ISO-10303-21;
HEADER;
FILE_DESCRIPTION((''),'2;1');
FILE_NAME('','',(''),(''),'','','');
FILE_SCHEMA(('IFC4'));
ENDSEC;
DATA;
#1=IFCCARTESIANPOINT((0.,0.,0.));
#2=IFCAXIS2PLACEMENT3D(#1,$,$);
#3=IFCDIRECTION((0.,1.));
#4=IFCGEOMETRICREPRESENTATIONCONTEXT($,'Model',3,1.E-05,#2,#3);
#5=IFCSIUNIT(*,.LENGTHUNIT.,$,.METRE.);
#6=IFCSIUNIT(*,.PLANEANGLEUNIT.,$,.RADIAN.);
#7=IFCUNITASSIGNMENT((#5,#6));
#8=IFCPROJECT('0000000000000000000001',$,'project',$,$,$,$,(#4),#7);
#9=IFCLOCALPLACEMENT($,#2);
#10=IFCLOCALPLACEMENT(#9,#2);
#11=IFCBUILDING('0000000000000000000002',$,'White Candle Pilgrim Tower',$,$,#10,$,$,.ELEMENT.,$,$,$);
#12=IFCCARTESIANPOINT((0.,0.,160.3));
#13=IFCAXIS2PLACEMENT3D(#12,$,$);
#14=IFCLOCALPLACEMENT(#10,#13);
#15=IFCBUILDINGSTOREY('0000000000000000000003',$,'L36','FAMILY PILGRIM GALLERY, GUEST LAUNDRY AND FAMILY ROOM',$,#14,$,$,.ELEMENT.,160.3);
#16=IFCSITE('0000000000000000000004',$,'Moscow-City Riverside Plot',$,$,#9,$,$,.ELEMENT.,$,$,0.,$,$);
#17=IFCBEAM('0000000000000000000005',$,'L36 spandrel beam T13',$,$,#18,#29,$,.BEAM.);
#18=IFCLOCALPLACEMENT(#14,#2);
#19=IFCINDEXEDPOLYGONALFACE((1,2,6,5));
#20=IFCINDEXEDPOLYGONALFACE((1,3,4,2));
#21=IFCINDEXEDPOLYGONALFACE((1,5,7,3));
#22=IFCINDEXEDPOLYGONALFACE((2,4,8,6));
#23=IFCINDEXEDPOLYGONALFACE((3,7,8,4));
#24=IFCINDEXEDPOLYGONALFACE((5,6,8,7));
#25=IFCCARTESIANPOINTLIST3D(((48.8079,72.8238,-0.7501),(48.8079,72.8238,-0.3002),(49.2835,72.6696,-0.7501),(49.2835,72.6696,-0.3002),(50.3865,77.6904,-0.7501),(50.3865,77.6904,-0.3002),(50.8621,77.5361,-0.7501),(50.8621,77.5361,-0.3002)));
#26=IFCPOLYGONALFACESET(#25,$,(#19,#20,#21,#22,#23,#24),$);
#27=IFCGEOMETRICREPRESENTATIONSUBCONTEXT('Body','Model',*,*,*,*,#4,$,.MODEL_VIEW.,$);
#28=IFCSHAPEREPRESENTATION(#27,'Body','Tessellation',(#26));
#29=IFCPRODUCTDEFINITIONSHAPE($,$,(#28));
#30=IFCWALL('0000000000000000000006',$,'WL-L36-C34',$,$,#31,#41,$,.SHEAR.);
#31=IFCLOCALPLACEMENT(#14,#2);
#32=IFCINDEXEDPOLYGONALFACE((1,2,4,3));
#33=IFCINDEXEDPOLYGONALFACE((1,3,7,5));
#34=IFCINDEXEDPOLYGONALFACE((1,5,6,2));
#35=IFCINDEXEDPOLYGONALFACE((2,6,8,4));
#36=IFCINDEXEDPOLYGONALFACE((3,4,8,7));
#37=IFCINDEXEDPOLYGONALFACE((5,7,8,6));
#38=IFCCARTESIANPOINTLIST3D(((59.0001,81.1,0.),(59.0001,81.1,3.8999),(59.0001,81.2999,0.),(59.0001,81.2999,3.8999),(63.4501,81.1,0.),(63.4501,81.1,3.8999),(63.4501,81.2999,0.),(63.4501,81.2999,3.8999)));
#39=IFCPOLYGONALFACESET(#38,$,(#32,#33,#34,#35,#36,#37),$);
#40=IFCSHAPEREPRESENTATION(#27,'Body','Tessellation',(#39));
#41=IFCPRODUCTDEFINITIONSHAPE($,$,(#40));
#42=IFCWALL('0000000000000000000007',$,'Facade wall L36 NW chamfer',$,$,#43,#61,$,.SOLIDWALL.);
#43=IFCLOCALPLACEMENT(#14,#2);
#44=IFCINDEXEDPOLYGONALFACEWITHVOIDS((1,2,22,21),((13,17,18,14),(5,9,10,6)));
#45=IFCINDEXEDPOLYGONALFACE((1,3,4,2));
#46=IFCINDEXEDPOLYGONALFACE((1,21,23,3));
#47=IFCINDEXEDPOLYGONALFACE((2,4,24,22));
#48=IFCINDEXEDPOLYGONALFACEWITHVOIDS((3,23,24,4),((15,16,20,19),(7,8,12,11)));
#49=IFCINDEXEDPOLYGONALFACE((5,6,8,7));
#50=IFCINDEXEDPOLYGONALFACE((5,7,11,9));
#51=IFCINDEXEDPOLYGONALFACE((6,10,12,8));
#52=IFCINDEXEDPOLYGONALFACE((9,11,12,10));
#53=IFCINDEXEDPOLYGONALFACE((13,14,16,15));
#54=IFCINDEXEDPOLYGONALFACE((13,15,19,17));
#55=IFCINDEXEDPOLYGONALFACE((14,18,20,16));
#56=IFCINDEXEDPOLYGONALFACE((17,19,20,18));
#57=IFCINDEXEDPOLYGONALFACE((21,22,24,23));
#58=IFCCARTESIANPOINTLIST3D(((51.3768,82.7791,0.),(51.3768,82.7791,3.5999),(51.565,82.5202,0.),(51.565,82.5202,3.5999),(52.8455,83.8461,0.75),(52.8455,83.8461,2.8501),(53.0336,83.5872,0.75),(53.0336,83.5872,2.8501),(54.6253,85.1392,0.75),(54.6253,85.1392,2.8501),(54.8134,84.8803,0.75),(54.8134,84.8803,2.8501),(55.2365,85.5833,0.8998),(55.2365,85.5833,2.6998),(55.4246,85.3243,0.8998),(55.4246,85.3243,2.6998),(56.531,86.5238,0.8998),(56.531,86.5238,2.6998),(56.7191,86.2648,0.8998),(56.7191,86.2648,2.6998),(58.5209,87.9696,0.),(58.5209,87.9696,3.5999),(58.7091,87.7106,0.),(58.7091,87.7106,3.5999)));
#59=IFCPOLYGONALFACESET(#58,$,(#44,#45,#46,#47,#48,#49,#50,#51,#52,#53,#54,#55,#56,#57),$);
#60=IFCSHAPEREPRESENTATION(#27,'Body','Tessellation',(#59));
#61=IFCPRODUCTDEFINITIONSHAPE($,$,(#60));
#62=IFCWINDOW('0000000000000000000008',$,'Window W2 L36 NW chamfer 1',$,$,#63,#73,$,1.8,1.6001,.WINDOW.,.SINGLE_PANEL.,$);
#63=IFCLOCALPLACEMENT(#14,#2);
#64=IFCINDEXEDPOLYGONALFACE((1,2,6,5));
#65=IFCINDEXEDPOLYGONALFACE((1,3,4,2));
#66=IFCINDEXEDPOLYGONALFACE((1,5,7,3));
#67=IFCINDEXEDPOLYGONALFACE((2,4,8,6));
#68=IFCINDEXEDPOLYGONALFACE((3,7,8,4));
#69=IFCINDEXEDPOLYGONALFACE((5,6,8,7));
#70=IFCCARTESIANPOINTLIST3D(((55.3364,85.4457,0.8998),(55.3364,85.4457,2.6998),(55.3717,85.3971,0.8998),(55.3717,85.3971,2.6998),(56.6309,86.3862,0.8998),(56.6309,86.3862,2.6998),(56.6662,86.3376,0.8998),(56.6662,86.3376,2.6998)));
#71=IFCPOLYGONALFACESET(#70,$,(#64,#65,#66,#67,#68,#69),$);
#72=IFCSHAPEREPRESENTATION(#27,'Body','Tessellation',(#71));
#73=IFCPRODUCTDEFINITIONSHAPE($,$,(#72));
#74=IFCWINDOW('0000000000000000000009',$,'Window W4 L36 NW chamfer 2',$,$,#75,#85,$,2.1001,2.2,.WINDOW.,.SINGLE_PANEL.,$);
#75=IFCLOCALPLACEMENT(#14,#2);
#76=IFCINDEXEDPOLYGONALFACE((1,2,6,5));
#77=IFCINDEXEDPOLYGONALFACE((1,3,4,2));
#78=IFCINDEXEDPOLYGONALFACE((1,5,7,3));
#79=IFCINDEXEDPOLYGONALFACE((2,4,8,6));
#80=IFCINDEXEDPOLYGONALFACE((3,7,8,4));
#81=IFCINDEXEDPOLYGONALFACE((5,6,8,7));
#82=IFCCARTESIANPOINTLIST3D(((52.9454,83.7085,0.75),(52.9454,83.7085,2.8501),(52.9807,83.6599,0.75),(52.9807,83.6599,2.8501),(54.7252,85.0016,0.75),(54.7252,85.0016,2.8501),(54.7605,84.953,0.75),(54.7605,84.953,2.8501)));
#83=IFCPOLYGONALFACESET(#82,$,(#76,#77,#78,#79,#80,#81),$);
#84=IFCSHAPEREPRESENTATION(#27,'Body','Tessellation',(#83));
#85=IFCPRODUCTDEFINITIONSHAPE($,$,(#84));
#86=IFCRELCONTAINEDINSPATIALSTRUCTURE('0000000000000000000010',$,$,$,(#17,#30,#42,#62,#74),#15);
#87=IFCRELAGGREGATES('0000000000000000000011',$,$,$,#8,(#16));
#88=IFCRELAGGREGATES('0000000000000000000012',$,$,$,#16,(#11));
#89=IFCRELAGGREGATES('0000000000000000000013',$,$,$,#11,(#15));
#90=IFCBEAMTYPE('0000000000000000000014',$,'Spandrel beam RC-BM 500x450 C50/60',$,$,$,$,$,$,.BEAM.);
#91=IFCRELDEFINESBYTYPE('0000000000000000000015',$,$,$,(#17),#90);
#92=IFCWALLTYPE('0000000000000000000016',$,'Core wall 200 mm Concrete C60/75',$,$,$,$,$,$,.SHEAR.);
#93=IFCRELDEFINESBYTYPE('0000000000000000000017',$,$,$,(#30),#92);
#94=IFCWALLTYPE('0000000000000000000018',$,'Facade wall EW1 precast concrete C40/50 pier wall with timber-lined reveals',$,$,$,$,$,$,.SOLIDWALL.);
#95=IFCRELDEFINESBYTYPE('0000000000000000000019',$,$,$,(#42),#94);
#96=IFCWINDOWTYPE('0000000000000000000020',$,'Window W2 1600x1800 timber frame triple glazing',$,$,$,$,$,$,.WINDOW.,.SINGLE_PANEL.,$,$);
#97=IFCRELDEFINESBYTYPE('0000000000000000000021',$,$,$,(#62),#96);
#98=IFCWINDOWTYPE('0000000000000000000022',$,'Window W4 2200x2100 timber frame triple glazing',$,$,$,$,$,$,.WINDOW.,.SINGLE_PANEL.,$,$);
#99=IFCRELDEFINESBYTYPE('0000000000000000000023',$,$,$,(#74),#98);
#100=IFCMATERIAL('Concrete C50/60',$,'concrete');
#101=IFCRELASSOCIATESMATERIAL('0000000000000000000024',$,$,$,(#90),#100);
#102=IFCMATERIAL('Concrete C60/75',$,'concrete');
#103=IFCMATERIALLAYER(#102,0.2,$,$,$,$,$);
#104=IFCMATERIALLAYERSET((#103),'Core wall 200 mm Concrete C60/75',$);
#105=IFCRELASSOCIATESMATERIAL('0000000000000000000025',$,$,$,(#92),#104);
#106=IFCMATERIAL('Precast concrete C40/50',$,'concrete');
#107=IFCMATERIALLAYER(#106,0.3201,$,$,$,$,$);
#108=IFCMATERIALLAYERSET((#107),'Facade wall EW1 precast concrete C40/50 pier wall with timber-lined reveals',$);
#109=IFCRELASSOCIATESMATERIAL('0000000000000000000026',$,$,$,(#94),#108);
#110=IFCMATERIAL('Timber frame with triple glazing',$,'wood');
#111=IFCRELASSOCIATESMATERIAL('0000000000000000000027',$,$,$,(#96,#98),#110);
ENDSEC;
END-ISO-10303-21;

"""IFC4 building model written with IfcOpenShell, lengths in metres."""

from ifc_helpers import new_model, si_unit, direction, frame, frame_2d, origin, origin_2d, place, context, subcontext, project, spatial, rectangle, extrude, material, layer, layer_set, material_profile, profile_set, type_object, element, fill, save


model = new_model("IFC4")

# Units and contexts
model_context = context("Model", 3, precision=1e-05, world=origin(), true_north=direction((0.0, 1.0)))
body_context = subcontext(model_context, "Body", "Model", "MODEL_VIEW")
ifc_project = project(units=[si_unit("LENGTHUNIT", "METRE"), si_unit("PLANEANGLEUNIT", "RADIAN")], contexts=[model_context])

# Site, building, storey
site_placement = place(None, origin())
site = spatial("IfcSite", under=ifc_project, at=site_placement, Name="Moscow-City Riverside Plot", CompositionType="ELEMENT", RefElevation=0.0)
building_placement = place(site_placement, origin())
building = spatial("IfcBuilding", under=site, at=building_placement, Name="White Candle Pilgrim Tower", CompositionType="ELEMENT")
storey_placement = place(building_placement, frame((0.0, 0.0, 160.3)))
storey = spatial("IfcBuildingStorey", under=building, at=storey_placement, Name="L36", Description="FAMILY PILGRIM GALLERY, GUEST LAUNDRY AND FAMILY ROOM", CompositionType="ELEMENT", Elevation=160.3)

# Beam
ifc_material_1 = material(Name="Concrete C50/60", Category="concrete")
ifc_material_profile_1 = material_profile(ifc_material_1, rectangle(XDim=0.5, YDim=0.45, at=origin_2d()), Name="RC-BM 500x450")
ifc_profile_set_1 = profile_set([ifc_material_profile_1], Name="Concrete C50/60")
beam_type = type_object("IfcBeamType", Name="Spandrel beam RC-BM 500x450 C50/60", PredefinedType="BEAM", material=ifc_profile_set_1)
beam_1_placement = place(storey_placement, frame((50.6243, 77.6133, -0.5251), z_axis=(-0.308544, -0.95121, 0.0), x_axis=(0.95121, -0.308544, 0.0)))
element("IfcBeam", 1, at=beam_1_placement, inside=storey, type_object=beam_type, Name="L36 spandrel beam T13", PredefinedType="BEAM", context=body_context, shape_type="SweptSolid", body=[
    extrude(rectangle(XDim=0.5, YDim=0.45, at=origin_2d()), origin(), (0.0, 0.0, 1.0), 5.1162),
])

# Wall
ifc_material_2 = material(Name="Concrete C60/75", Category="concrete")
ifc_layer_1 = layer(ifc_material_2, 0.2)
ifc_layer_set_1 = layer_set([ifc_layer_1], Name="Core wall 200 mm Concrete C60/75")
wall_type_1 = type_object("IfcWallType", Name="Core wall 200 mm Concrete C60/75", PredefinedType="SHEAR", material=ifc_layer_set_1)
wall_1_placement = place(storey_placement, frame((59.0, 81.2, 0.0), z_axis=(0.0, 0.0, 1.0), x_axis=(1.0, 0.0, 0.0)))
element("IfcWall", 2, at=wall_1_placement, inside=storey, type_object=wall_type_1, Name="WL-L36-C34", PredefinedType="SHEAR", context=body_context, shape_type="SweptSolid", body=[
    extrude(rectangle(XDim=4.45, YDim=0.2, at=frame_2d((2.2251, 0.0))), origin(), (0.0, 0.0, 1.0), 3.8999),
])

# Wall, openings, windows
ifc_material_3 = material(Name="Precast concrete C40/50", Category="concrete")
ifc_layer_2 = layer(ifc_material_3, 0.3201)
ifc_layer_set_2 = layer_set([ifc_layer_2], Name="Facade wall EW1 precast concrete C40/50 pier wall with timber-lined reveals")
wall_type_2 = type_object("IfcWallType", Name="Facade wall EW1 precast concrete C40/50 pier wall with timber-lined reveals", PredefinedType="SOLIDWALL", material=ifc_layer_set_2)
wall_2_placement = place(storey_placement, frame((58.615, 87.8401, 0.0), z_axis=(0.0, 0.0, 1.0), x_axis=(-0.809018, -0.587784, 0.0)))
wall_2 = element("IfcWall", 3, at=wall_2_placement, inside=storey, type_object=wall_type_2, Name="Facade wall L36 NW chamfer", PredefinedType="SOLIDWALL", context=body_context, shape_type="SweptSolid", body=[
    extrude(rectangle(XDim=8.8306, YDim=0.3201, at=frame_2d((4.4153, 0.0))), origin(), (0.0, 0.0, 1.0), 3.5999),
])
opening_1_placement = place(wall_2_placement, frame((2.4597, 0.0, 0.8999)))
opening_1 = element("IfcOpeningElement", 4, at=opening_1_placement, cuts=wall_2, PredefinedType="OPENING", context=body_context, shape_type="SweptSolid", body=[
    extrude(rectangle(XDim=1.6001, YDim=1.8, at=frame_2d((0.8, 0.8999))), frame((0.0, 0.1699, 0.0), z_axis=(0.0, -1.0, 0.0), x_axis=(1.0, 0.0, 0.0)), (0.0, 0.0, 1.0), 0.3401),
])
opening_2_placement = place(wall_2_placement, frame((4.8152, 0.0, 0.75)))
opening_2 = element("IfcOpeningElement", 5, at=opening_2_placement, cuts=wall_2, PredefinedType="OPENING", context=body_context, shape_type="SweptSolid", body=[
    extrude(rectangle(XDim=2.2, YDim=2.1001, at=frame_2d((1.1001, 1.05))), frame((0.0, 0.1699, 0.0), z_axis=(0.0, -1.0, 0.0), x_axis=(1.0, 0.0, 0.0)), (0.0, 0.0, 1.0), 0.3401),
])
ifc_material_4 = material(Name="Timber frame with triple glazing", Category="wood")
window_type_1 = type_object("IfcWindowType", Name="Window W2 1600x1800 timber frame triple glazing", PartitioningType="SINGLE_PANEL", PredefinedType="WINDOW", material=ifc_material_4)
window_1_placement = place(opening_1_placement, origin())
window_1 = element("IfcWindow", 6, at=window_1_placement, inside=storey, type_object=window_type_1, Name="Window W2 L36 NW chamfer 1", OverallHeight=1.8, OverallWidth=1.6001, PartitioningType="SINGLE_PANEL", PredefinedType="WINDOW", context=body_context, shape_type="SweptSolid", body=[
    extrude(rectangle(XDim=1.6001, YDim=1.8, at=frame_2d((0.8, 0.8999))), frame((0.0, 0.0701, 0.0), z_axis=(0.0, -1.0, 0.0), x_axis=(1.0, 0.0, 0.0)), (0.0, 0.0, 1.0), 0.0601),
])
fill(opening_1, window_1)
window_type_2 = type_object("IfcWindowType", Name="Window W4 2200x2100 timber frame triple glazing", PartitioningType="SINGLE_PANEL", PredefinedType="WINDOW", material=ifc_material_4)
window_2_placement = place(opening_2_placement, origin())
window_2 = element("IfcWindow", 7, at=window_2_placement, inside=storey, type_object=window_type_2, Name="Window W4 L36 NW chamfer 2", OverallHeight=2.1001, OverallWidth=2.2, PartitioningType="SINGLE_PANEL", PredefinedType="WINDOW", context=body_context, shape_type="SweptSolid", body=[
    extrude(rectangle(XDim=2.2, YDim=2.1001, at=frame_2d((1.1001, 1.05))), frame((0.0, 0.0701, 0.0), z_axis=(0.0, -1.0, 0.0), x_axis=(1.0, 0.0, 0.0)), (0.0, 0.0, 1.0), 0.0601),
])
fill(opening_2, window_2)

save(model, "model.ifc")
